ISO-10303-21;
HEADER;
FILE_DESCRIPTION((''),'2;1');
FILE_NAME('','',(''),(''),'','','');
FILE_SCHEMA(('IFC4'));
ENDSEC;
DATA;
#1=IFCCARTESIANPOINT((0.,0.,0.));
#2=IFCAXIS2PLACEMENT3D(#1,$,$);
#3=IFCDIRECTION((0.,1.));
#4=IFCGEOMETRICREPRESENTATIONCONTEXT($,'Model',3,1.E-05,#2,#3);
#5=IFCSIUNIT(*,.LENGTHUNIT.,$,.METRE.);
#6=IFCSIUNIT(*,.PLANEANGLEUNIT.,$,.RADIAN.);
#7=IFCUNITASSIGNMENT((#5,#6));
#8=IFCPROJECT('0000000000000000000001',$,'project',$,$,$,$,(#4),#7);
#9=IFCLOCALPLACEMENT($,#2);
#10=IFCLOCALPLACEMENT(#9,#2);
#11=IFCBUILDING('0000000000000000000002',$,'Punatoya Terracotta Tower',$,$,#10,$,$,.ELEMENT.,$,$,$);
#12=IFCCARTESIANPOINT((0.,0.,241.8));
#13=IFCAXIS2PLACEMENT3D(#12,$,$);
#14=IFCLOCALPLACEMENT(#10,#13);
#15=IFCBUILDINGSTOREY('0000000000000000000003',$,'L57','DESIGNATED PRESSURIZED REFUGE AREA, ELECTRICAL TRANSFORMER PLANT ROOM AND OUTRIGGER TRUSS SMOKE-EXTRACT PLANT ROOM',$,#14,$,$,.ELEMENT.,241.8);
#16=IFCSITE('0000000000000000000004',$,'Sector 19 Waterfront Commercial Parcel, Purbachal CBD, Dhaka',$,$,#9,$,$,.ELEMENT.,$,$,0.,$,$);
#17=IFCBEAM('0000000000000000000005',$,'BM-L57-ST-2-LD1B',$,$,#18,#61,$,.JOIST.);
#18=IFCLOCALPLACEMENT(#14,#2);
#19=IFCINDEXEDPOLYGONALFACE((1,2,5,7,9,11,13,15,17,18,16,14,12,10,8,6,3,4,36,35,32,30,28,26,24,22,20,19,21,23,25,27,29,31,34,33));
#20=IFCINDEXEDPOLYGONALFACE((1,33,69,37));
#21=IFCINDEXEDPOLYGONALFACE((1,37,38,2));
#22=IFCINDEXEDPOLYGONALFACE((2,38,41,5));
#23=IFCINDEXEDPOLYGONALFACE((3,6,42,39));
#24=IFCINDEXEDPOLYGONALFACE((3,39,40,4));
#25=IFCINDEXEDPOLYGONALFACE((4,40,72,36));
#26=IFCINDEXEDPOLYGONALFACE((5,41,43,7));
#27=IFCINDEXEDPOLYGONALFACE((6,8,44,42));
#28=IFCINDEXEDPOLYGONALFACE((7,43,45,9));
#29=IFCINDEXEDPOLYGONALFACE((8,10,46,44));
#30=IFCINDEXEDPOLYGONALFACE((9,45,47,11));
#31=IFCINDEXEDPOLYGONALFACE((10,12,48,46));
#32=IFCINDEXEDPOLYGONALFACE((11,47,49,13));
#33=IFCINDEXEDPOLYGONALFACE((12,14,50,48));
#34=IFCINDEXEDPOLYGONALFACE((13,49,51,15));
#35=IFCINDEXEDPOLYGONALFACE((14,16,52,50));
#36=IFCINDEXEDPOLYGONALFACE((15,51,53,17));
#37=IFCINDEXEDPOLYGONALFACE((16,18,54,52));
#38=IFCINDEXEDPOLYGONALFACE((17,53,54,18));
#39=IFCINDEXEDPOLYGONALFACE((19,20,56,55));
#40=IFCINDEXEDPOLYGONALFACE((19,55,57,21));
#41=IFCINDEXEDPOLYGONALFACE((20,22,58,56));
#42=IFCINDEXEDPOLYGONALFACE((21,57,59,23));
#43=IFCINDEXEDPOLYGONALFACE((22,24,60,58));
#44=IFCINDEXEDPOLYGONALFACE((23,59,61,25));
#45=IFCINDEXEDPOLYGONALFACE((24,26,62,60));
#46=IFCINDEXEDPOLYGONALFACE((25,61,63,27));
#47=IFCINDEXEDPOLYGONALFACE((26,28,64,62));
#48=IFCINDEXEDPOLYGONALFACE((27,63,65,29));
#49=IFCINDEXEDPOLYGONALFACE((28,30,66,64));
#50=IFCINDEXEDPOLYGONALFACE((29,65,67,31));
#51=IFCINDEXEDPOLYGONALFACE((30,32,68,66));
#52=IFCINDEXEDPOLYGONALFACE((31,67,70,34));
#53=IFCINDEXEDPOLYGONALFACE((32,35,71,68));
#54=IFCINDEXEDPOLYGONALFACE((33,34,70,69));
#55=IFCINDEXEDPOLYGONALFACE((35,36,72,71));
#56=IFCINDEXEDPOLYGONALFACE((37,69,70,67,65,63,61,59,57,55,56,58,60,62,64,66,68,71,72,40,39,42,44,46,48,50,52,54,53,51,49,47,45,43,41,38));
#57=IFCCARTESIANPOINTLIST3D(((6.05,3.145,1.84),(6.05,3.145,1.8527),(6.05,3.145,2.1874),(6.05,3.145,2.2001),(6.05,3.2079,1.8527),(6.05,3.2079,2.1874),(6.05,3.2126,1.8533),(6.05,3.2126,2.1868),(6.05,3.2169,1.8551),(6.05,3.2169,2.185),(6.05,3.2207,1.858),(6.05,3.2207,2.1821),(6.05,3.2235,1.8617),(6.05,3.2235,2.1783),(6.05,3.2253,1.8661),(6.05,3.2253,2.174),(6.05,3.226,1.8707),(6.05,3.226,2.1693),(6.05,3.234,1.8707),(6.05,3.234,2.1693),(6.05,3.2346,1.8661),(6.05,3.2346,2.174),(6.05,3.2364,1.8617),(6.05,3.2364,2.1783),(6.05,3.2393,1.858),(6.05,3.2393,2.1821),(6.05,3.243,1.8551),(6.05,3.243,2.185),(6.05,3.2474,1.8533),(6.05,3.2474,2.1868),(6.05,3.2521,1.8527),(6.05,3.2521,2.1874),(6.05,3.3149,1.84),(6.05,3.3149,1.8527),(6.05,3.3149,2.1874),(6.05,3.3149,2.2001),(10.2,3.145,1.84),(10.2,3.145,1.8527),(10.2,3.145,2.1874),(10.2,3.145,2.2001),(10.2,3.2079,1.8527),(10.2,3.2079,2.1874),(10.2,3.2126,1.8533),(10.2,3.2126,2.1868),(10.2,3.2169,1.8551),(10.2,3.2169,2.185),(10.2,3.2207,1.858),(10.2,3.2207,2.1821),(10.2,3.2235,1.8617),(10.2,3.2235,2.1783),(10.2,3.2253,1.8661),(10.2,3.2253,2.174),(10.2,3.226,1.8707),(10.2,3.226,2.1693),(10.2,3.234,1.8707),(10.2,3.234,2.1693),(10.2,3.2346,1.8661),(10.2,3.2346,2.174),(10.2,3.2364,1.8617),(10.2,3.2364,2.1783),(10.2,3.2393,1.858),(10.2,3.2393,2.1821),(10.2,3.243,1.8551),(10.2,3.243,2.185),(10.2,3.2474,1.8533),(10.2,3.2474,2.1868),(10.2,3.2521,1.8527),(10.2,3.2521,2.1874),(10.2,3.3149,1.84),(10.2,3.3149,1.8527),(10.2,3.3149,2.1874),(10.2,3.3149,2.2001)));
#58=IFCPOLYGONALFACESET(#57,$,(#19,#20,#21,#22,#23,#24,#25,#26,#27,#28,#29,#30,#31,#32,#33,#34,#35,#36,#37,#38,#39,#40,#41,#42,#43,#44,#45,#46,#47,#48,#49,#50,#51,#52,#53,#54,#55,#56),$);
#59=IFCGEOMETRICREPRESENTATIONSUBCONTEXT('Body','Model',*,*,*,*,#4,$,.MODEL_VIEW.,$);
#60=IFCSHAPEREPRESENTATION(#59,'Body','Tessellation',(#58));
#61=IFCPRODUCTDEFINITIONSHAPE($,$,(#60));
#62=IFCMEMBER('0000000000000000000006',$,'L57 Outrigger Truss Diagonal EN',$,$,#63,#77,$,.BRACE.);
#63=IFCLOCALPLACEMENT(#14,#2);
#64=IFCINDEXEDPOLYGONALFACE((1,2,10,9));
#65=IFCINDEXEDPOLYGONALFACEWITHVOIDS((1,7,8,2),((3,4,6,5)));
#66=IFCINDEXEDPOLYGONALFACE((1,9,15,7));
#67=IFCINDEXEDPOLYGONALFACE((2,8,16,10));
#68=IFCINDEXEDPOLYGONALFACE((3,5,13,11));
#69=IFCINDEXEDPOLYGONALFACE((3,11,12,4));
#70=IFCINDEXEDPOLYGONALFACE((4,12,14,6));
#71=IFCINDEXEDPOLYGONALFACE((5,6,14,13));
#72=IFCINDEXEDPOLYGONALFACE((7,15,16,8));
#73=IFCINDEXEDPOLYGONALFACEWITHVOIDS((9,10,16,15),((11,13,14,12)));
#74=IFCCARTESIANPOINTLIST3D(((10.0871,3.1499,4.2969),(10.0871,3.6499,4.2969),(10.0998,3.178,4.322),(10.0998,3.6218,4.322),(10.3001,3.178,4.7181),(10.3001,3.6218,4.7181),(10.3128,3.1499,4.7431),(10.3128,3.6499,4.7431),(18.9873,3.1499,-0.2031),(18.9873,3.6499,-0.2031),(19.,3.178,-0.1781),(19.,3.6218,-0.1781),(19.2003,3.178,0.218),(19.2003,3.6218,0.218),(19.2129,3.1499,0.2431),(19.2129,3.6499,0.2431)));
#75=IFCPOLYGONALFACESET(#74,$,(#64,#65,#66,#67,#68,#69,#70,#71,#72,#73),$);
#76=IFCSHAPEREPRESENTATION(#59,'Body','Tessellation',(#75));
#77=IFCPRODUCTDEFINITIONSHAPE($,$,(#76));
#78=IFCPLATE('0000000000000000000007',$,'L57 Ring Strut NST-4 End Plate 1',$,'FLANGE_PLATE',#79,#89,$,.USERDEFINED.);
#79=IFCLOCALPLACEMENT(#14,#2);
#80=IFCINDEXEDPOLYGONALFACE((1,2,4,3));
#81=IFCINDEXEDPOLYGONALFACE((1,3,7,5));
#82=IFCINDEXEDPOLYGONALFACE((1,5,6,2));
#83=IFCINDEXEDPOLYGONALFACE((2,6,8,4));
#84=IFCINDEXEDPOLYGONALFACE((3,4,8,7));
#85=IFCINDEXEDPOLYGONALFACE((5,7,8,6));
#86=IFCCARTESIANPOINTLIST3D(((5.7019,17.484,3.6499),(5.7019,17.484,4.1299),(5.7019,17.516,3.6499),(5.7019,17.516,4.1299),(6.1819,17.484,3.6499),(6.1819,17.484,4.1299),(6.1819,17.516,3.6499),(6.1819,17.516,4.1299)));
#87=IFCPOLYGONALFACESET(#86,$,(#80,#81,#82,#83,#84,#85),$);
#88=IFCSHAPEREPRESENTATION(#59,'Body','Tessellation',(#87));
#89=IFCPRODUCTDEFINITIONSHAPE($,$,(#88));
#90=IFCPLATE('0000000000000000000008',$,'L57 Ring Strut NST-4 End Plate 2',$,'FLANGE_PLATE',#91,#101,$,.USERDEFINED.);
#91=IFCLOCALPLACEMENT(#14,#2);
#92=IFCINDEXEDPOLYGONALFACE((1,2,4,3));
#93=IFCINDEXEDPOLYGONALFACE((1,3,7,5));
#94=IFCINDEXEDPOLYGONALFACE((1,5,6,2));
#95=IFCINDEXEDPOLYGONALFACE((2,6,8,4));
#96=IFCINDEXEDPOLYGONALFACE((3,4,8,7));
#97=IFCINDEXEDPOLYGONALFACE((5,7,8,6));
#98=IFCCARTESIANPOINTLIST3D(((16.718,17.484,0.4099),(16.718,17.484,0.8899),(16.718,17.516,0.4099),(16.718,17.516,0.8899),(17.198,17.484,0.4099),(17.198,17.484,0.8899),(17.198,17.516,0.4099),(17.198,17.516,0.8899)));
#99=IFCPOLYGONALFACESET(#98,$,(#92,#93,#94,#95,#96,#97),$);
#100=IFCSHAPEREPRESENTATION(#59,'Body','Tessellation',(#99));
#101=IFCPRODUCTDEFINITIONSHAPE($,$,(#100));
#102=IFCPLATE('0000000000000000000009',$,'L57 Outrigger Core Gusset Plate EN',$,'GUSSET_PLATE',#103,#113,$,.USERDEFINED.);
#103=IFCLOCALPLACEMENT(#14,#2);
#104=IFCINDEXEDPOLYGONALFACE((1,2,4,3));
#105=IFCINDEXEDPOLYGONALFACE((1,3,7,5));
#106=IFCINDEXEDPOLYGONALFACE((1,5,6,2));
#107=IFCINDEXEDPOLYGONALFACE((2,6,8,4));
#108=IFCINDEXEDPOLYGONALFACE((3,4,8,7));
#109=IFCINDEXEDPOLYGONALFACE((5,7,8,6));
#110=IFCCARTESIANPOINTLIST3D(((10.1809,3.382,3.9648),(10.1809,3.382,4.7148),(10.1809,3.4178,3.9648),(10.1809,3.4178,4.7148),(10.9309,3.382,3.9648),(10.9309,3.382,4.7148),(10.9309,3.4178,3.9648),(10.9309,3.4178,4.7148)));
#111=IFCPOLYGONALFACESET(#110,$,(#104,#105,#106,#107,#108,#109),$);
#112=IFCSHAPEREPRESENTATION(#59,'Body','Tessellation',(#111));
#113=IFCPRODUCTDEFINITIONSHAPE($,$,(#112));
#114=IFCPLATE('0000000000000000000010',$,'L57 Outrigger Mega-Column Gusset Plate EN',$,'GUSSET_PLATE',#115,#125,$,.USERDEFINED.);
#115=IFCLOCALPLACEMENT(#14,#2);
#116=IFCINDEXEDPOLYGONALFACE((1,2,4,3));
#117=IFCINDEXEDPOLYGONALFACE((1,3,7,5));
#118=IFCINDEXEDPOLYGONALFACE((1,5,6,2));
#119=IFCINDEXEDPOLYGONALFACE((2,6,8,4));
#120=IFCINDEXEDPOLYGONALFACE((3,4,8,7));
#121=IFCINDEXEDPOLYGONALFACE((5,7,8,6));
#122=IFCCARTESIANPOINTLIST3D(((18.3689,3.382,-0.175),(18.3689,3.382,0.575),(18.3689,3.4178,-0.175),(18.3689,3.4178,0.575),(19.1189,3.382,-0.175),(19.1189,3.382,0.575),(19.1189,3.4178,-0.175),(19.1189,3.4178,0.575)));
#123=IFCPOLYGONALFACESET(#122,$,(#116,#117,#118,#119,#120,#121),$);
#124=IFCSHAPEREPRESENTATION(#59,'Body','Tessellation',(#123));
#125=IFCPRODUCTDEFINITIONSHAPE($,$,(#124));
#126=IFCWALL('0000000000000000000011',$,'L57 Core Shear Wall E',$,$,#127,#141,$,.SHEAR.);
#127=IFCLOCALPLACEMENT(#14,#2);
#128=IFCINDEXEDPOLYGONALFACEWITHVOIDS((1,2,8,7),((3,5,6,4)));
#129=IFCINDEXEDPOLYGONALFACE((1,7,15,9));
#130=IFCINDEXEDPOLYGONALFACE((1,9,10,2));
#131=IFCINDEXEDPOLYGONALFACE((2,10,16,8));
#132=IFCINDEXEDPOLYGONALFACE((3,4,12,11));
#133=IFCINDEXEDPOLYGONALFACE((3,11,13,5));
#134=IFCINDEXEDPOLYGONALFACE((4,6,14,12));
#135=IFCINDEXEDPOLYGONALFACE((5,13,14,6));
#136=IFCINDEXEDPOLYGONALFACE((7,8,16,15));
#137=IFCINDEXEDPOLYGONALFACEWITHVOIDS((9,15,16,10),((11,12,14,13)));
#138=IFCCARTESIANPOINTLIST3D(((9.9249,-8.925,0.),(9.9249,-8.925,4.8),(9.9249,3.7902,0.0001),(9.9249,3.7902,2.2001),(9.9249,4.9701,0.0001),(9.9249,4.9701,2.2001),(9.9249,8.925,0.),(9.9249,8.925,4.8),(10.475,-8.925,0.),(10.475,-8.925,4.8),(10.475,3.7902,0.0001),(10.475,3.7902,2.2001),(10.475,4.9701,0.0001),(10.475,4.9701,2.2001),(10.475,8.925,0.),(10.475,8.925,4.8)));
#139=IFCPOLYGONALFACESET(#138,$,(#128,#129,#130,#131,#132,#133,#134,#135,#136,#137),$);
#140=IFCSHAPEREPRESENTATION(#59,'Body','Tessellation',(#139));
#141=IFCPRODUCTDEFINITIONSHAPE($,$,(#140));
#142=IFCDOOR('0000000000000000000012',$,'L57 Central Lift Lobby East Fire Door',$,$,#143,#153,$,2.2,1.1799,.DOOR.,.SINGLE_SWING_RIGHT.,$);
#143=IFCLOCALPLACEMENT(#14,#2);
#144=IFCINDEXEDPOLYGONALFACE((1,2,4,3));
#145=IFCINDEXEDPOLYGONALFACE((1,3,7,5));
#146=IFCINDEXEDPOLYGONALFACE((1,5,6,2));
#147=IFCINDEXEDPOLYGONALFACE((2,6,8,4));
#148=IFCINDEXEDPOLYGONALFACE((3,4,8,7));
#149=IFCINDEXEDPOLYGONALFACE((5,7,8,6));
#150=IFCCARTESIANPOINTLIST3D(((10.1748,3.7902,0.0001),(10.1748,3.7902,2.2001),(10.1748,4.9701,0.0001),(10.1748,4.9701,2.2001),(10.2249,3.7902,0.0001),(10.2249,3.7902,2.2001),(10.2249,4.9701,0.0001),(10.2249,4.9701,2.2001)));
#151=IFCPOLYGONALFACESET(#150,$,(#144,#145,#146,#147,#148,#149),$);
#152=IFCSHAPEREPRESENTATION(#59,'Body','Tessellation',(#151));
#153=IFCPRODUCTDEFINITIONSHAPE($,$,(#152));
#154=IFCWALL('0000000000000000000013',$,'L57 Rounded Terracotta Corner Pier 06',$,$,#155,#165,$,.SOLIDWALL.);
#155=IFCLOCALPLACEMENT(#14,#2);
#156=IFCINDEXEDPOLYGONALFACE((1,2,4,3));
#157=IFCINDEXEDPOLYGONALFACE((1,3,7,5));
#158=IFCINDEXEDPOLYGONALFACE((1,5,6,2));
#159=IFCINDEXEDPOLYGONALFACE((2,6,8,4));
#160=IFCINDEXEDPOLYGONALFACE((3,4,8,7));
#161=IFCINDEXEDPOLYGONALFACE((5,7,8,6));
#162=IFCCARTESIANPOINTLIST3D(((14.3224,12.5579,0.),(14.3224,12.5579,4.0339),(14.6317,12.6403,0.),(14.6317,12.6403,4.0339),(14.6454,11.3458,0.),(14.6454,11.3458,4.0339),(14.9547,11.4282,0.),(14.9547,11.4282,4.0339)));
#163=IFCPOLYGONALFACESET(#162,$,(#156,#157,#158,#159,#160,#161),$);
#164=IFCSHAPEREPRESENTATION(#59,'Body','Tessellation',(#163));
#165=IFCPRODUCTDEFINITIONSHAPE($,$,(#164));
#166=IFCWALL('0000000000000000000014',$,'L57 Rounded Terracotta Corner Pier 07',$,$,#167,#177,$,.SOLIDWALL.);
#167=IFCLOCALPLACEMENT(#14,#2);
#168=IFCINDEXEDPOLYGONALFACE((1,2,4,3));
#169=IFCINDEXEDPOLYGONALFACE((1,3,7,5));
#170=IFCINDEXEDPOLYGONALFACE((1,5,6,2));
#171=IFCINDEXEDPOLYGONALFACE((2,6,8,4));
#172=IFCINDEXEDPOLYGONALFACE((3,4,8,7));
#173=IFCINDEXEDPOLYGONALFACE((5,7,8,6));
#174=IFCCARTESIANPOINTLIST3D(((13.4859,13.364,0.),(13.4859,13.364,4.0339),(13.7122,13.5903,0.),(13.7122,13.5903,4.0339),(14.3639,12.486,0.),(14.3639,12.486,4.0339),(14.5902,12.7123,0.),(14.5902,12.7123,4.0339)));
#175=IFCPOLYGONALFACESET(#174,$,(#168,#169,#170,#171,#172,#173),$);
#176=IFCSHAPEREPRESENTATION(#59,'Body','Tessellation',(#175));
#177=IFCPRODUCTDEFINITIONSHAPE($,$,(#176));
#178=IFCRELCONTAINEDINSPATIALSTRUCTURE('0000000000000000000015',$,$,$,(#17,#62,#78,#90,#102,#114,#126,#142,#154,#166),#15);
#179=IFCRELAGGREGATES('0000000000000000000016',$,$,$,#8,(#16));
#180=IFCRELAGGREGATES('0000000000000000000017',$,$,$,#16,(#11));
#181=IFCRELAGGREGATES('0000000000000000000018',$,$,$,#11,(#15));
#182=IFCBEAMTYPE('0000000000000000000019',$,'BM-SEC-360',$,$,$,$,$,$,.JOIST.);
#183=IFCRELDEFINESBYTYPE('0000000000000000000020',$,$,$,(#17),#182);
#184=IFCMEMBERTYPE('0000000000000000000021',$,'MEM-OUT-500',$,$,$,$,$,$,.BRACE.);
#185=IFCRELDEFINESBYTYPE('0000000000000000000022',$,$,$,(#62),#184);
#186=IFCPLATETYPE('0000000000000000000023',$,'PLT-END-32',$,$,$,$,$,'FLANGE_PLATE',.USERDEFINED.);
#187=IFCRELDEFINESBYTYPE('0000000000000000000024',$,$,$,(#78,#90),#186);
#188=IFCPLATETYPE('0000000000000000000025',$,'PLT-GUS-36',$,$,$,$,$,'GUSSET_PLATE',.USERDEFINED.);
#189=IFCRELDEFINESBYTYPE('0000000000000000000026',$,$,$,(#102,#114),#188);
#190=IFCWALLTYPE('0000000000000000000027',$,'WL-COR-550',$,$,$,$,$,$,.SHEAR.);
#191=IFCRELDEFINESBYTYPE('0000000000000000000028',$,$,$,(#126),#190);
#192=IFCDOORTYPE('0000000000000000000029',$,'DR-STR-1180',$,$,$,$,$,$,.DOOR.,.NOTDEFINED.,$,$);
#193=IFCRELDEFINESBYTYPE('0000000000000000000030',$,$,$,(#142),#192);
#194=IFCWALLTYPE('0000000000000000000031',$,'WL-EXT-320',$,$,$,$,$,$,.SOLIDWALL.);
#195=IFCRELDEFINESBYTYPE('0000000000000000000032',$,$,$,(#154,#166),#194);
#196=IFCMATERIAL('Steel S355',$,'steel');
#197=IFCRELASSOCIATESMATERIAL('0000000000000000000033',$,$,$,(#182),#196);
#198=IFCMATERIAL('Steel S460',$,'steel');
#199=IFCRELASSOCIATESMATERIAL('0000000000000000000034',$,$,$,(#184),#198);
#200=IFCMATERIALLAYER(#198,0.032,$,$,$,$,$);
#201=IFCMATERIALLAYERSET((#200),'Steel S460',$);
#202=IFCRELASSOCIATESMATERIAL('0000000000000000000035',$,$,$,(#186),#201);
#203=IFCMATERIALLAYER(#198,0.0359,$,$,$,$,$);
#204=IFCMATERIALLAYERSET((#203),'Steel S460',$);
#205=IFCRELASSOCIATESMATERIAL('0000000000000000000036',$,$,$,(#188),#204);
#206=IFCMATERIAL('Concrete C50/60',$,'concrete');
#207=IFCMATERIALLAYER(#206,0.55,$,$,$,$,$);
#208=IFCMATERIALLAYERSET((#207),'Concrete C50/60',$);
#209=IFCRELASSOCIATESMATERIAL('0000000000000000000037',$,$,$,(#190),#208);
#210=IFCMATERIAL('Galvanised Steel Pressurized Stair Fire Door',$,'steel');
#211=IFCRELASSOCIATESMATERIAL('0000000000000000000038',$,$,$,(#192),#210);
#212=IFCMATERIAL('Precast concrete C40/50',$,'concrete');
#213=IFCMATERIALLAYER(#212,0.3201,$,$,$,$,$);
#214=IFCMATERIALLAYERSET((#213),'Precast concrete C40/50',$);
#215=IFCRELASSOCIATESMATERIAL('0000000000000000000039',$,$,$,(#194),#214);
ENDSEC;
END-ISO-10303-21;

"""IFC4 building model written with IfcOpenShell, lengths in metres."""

from ifc_helpers import new_model, si_unit, direction, frame, frame_2d, origin, origin_2d, place, context, subcontext, project, spatial, rectangle, hollow_rectangle, i_section, extrude, material, layer, layer_set, material_profile, profile_set, type_object, element, fill, save


model = new_model("IFC4")

# Units and contexts
model_context = context("Model", 3, precision=1e-05, world=origin(), true_north=direction((0.0, 1.0)))
body_context = subcontext(model_context, "Body", "Model", "MODEL_VIEW")
ifc_project = project(units=[si_unit("LENGTHUNIT", "METRE"), si_unit("PLANEANGLEUNIT", "RADIAN")], contexts=[model_context])

# Site, building, storey
site_placement = place(None, origin())
site = spatial("IfcSite", under=ifc_project, at=site_placement, Name="Sector 19 Waterfront Commercial Parcel, Purbachal CBD, Dhaka", CompositionType="ELEMENT", RefElevation=0.0)
building_placement = place(site_placement, origin())
building = spatial("IfcBuilding", under=site, at=building_placement, Name="Punatoya Terracotta Tower", CompositionType="ELEMENT")
storey_placement = place(building_placement, frame((0.0, 0.0, 241.8)))
storey = spatial("IfcBuildingStorey", under=building, at=storey_placement, Name="L57", Description="DESIGNATED PRESSURIZED REFUGE AREA, ELECTRICAL TRANSFORMER PLANT ROOM AND OUTRIGGER TRUSS SMOKE-EXTRACT PLANT ROOM", CompositionType="ELEMENT", Elevation=241.8)

# Shared definitions
ifc_material_1 = material(Name="Steel S460", Category="steel")

# Beam
ifc_material_2 = material(Name="Steel S355", Category="steel")
ifc_material_profile_1 = material_profile(ifc_material_2, i_section(OverallWidth=0.1699, OverallDepth=0.3601, WebThickness=0.0081, FlangeThickness=0.0127, FilletRadius=0.0181, at=origin_2d()))
ifc_profile_set_1 = profile_set([ifc_material_profile_1], Name="Steel S355")
beam_type_1 = type_object("IfcBeamType", Name="BM-SEC-360", PredefinedType="JOIST", material=ifc_profile_set_1)
for number, where, z_axis, x_axis, name in (
    (1, (6.05, 3.23, 2.02), (1.0, 0.0, 0.0), (0.0, 1.0, 0.0), "BM-L57-ST-2-LD1B"),
):
    element("IfcBeam", number, at=place(storey_placement, frame(where, z_axis=z_axis, x_axis=x_axis)), inside=storey, type_object=beam_type_1, Name=name, PredefinedType="JOIST", context=body_context, shape_type="SweptSolid", body=[
        extrude(i_section(OverallWidth=0.1699, OverallDepth=0.3601, WebThickness=0.0081, FlangeThickness=0.0127, FilletRadius=0.0181, at=origin_2d()), origin(), (0.0, 0.0, 1.0), 4.1499),
    ])

# Member
ifc_material_profile_2 = material_profile(ifc_material_1, hollow_rectangle(XDim=0.5, YDim=0.5, WallThickness=0.0281, at=origin_2d()))
ifc_profile_set_2 = profile_set([ifc_material_profile_2], Name="Steel S460")
member_type = type_object("IfcMemberType", Name="MEM-OUT-500", PredefinedType="BRACE", material=ifc_profile_set_2)
member_placement = place(storey_placement, frame((10.2, 3.3999, 4.52), z_axis=(0.892416, 0.0, -0.451214), x_axis=(0.0, 1.0, 0.0)))
element("IfcMember", 2, at=member_placement, inside=storey, type_object=member_type, Name="L57 Outrigger Truss Diagonal EN", PredefinedType="BRACE", context=body_context, shape_type="SweptSolid", body=[
    extrude(hollow_rectangle(XDim=0.5, YDim=0.5, WallThickness=0.0281, at=origin_2d()), origin(), (0.0, 0.0, 1.0), 9.9731),
])

# Plates
ifc_layer_1 = layer(ifc_material_1, 0.032)
ifc_layer_set_1 = layer_set([ifc_layer_1], Name="Steel S460")
plate_type_1 = type_object("IfcPlateType", Name="PLT-END-32", ElementType="FLANGE_PLATE", PredefinedType="USERDEFINED", material=ifc_layer_set_1)
for number, where, z_axis, x_axis, name in (
    (3, (5.9419, 17.5, 3.6499), (0.0, 0.0, 1.0), (1.0, 0.0, 0.0), "L57 Ring Strut NST-4 End Plate 1"),
    (4, (16.958, 17.5, 0.4099), (0.0, 0.0, 1.0), (1.0, 0.0, 0.0), "L57 Ring Strut NST-4 End Plate 2"),
):
    element("IfcPlate", number, at=place(storey_placement, frame(where, z_axis=z_axis, x_axis=x_axis)), inside=storey, type_object=plate_type_1, Name=name, ObjectType="FLANGE_PLATE", PredefinedType="USERDEFINED", context=body_context, shape_type="SweptSolid", body=[
        extrude(rectangle(XDim=0.48, YDim=0.032, at=origin_2d()), origin(), (0.0, 0.0, 1.0), 0.48),
    ])
ifc_layer_2 = layer(ifc_material_1, 0.0359)
ifc_layer_set_2 = layer_set([ifc_layer_2], Name="Steel S460")
plate_type_2 = type_object("IfcPlateType", Name="PLT-GUS-36", ElementType="GUSSET_PLATE", PredefinedType="USERDEFINED", material=ifc_layer_set_2)
for number, where, z_axis, x_axis, name in (
    (5, (10.5559, 3.3999, 3.9648), (0.0, 0.0, 1.0), (1.0, 0.0, 0.0), "L57 Outrigger Core Gusset Plate EN"),
    (6, (18.7439, 3.3999, -0.175), (0.0, 0.0, 1.0), (1.0, 0.0, 0.0), "L57 Outrigger Mega-Column Gusset Plate EN"),
):
    element("IfcPlate", number, at=place(storey_placement, frame(where, z_axis=z_axis, x_axis=x_axis)), inside=storey, type_object=plate_type_2, Name=name, ObjectType="GUSSET_PLATE", PredefinedType="USERDEFINED", context=body_context, shape_type="SweptSolid", body=[
        extrude(rectangle(XDim=0.75, YDim=0.0359, at=origin_2d()), origin(), (0.0, 0.0, 1.0), 0.75),
    ])

# Wall, opening, door
ifc_material_3 = material(Name="Concrete C50/60", Category="concrete")
ifc_layer_3 = layer(ifc_material_3, 0.55)
ifc_layer_set_3 = layer_set([ifc_layer_3], Name="Concrete C50/60")
wall_type_1 = type_object("IfcWallType", Name="WL-COR-550", PredefinedType="SHEAR", material=ifc_layer_set_3)
wall_1_placement = place(storey_placement, frame((10.2, 8.925, 0.0), z_axis=(0.0, 0.0, 1.0), x_axis=(0.0, -1.0, 0.0)))
wall_1 = element("IfcWall", 7, at=wall_1_placement, inside=storey, type_object=wall_type_1, Name="L57 Core Shear Wall E", PredefinedType="SHEAR", context=body_context, shape_type="SweptSolid", body=[
    extrude(rectangle(XDim=17.8501, YDim=0.55, at=frame_2d((8.925, 0.0))), origin(), (0.0, 0.0, 1.0), 4.8),
])
opening_1_placement = place(wall_1_placement, frame((3.9551, 0.0, 0.0)))
opening_1 = element("IfcOpeningElement", 8, at=opening_1_placement, cuts=wall_1, PredefinedType="OPENING", context=body_context, shape_type="SweptSolid", body=[
    extrude(rectangle(XDim=1.1799, YDim=2.2, at=frame_2d((0.5898, 1.1001))), frame((0.0, 0.2849, 0.0), z_axis=(0.0, -1.0, 0.0), x_axis=(1.0, 0.0, 0.0)), (0.0, 0.0, 1.0), 0.5701),
])
ifc_material_4 = material(Name="Galvanised Steel Pressurized Stair Fire Door", Category="steel")
door_type_1 = type_object("IfcDoorType", Name="DR-STR-1180", OperationType="NOTDEFINED", PredefinedType="DOOR", material=ifc_material_4)
door_1_placement = place(opening_1_placement, origin())
door_1 = element("IfcDoor", 9, at=door_1_placement, inside=storey, type_object=door_type_1, Name="L57 Central Lift Lobby East Fire Door", OperationType="SINGLE_SWING_RIGHT", OverallHeight=2.2, OverallWidth=1.1799, PredefinedType="DOOR", context=body_context, shape_type="SweptSolid", body=[
    extrude(rectangle(XDim=1.1799, YDim=2.2, at=frame_2d((0.5898, 1.1001))), frame((0.0, 0.0249, 0.0), z_axis=(0.0, -1.0, 0.0), x_axis=(1.0, 0.0, 0.0)), (0.0, 0.0, 1.0), 0.05),
])
fill(opening_1, door_1)

# Walls
ifc_material_5 = material(Name="Precast concrete C40/50", Category="concrete")
ifc_layer_4 = layer(ifc_material_5, 0.3201)
ifc_layer_set_4 = layer_set([ifc_layer_4], Name="Precast concrete C40/50")
wall_type_2 = type_object("IfcWallType", Name="WL-EXT-320", PredefinedType="SOLIDWALL", material=ifc_layer_set_4)
wall_2_placement = place(storey_placement, frame((14.8, 11.387, 0.0), z_axis=(0.0, 0.0, 1.0), x_axis=(-0.257481, 0.966283, 0.0)))
element("IfcWall", 10, at=wall_2_placement, inside=storey, type_object=wall_type_2, Name="L57 Rounded Terracotta Corner Pier 06", PredefinedType="SOLIDWALL", context=body_context, shape_type="SweptSolid", body=[
    extrude(rectangle(XDim=1.2544, YDim=0.3201, at=frame_2d((0.6272, 0.0))), origin(), (0.0, 0.0, 1.0), 4.0339),
])
wall_3_placement = place(storey_placement, frame((14.4771, 12.5991, 0.0), z_axis=(0.0, 0.0, 1.0), x_axis=(-0.707107, 0.707107, 0.0)))
element("IfcWall", 11, at=wall_3_placement, inside=storey, type_object=wall_type_2, Name="L57 Rounded Terracotta Corner Pier 07", PredefinedType="SOLIDWALL", context=body_context, shape_type="SweptSolid", body=[
    extrude(rectangle(XDim=1.2417, YDim=0.3201, at=frame_2d((0.6208, 0.0))), origin(), (0.0, 0.0, 1.0), 4.0339),
])

save(model, "model.ifc")
